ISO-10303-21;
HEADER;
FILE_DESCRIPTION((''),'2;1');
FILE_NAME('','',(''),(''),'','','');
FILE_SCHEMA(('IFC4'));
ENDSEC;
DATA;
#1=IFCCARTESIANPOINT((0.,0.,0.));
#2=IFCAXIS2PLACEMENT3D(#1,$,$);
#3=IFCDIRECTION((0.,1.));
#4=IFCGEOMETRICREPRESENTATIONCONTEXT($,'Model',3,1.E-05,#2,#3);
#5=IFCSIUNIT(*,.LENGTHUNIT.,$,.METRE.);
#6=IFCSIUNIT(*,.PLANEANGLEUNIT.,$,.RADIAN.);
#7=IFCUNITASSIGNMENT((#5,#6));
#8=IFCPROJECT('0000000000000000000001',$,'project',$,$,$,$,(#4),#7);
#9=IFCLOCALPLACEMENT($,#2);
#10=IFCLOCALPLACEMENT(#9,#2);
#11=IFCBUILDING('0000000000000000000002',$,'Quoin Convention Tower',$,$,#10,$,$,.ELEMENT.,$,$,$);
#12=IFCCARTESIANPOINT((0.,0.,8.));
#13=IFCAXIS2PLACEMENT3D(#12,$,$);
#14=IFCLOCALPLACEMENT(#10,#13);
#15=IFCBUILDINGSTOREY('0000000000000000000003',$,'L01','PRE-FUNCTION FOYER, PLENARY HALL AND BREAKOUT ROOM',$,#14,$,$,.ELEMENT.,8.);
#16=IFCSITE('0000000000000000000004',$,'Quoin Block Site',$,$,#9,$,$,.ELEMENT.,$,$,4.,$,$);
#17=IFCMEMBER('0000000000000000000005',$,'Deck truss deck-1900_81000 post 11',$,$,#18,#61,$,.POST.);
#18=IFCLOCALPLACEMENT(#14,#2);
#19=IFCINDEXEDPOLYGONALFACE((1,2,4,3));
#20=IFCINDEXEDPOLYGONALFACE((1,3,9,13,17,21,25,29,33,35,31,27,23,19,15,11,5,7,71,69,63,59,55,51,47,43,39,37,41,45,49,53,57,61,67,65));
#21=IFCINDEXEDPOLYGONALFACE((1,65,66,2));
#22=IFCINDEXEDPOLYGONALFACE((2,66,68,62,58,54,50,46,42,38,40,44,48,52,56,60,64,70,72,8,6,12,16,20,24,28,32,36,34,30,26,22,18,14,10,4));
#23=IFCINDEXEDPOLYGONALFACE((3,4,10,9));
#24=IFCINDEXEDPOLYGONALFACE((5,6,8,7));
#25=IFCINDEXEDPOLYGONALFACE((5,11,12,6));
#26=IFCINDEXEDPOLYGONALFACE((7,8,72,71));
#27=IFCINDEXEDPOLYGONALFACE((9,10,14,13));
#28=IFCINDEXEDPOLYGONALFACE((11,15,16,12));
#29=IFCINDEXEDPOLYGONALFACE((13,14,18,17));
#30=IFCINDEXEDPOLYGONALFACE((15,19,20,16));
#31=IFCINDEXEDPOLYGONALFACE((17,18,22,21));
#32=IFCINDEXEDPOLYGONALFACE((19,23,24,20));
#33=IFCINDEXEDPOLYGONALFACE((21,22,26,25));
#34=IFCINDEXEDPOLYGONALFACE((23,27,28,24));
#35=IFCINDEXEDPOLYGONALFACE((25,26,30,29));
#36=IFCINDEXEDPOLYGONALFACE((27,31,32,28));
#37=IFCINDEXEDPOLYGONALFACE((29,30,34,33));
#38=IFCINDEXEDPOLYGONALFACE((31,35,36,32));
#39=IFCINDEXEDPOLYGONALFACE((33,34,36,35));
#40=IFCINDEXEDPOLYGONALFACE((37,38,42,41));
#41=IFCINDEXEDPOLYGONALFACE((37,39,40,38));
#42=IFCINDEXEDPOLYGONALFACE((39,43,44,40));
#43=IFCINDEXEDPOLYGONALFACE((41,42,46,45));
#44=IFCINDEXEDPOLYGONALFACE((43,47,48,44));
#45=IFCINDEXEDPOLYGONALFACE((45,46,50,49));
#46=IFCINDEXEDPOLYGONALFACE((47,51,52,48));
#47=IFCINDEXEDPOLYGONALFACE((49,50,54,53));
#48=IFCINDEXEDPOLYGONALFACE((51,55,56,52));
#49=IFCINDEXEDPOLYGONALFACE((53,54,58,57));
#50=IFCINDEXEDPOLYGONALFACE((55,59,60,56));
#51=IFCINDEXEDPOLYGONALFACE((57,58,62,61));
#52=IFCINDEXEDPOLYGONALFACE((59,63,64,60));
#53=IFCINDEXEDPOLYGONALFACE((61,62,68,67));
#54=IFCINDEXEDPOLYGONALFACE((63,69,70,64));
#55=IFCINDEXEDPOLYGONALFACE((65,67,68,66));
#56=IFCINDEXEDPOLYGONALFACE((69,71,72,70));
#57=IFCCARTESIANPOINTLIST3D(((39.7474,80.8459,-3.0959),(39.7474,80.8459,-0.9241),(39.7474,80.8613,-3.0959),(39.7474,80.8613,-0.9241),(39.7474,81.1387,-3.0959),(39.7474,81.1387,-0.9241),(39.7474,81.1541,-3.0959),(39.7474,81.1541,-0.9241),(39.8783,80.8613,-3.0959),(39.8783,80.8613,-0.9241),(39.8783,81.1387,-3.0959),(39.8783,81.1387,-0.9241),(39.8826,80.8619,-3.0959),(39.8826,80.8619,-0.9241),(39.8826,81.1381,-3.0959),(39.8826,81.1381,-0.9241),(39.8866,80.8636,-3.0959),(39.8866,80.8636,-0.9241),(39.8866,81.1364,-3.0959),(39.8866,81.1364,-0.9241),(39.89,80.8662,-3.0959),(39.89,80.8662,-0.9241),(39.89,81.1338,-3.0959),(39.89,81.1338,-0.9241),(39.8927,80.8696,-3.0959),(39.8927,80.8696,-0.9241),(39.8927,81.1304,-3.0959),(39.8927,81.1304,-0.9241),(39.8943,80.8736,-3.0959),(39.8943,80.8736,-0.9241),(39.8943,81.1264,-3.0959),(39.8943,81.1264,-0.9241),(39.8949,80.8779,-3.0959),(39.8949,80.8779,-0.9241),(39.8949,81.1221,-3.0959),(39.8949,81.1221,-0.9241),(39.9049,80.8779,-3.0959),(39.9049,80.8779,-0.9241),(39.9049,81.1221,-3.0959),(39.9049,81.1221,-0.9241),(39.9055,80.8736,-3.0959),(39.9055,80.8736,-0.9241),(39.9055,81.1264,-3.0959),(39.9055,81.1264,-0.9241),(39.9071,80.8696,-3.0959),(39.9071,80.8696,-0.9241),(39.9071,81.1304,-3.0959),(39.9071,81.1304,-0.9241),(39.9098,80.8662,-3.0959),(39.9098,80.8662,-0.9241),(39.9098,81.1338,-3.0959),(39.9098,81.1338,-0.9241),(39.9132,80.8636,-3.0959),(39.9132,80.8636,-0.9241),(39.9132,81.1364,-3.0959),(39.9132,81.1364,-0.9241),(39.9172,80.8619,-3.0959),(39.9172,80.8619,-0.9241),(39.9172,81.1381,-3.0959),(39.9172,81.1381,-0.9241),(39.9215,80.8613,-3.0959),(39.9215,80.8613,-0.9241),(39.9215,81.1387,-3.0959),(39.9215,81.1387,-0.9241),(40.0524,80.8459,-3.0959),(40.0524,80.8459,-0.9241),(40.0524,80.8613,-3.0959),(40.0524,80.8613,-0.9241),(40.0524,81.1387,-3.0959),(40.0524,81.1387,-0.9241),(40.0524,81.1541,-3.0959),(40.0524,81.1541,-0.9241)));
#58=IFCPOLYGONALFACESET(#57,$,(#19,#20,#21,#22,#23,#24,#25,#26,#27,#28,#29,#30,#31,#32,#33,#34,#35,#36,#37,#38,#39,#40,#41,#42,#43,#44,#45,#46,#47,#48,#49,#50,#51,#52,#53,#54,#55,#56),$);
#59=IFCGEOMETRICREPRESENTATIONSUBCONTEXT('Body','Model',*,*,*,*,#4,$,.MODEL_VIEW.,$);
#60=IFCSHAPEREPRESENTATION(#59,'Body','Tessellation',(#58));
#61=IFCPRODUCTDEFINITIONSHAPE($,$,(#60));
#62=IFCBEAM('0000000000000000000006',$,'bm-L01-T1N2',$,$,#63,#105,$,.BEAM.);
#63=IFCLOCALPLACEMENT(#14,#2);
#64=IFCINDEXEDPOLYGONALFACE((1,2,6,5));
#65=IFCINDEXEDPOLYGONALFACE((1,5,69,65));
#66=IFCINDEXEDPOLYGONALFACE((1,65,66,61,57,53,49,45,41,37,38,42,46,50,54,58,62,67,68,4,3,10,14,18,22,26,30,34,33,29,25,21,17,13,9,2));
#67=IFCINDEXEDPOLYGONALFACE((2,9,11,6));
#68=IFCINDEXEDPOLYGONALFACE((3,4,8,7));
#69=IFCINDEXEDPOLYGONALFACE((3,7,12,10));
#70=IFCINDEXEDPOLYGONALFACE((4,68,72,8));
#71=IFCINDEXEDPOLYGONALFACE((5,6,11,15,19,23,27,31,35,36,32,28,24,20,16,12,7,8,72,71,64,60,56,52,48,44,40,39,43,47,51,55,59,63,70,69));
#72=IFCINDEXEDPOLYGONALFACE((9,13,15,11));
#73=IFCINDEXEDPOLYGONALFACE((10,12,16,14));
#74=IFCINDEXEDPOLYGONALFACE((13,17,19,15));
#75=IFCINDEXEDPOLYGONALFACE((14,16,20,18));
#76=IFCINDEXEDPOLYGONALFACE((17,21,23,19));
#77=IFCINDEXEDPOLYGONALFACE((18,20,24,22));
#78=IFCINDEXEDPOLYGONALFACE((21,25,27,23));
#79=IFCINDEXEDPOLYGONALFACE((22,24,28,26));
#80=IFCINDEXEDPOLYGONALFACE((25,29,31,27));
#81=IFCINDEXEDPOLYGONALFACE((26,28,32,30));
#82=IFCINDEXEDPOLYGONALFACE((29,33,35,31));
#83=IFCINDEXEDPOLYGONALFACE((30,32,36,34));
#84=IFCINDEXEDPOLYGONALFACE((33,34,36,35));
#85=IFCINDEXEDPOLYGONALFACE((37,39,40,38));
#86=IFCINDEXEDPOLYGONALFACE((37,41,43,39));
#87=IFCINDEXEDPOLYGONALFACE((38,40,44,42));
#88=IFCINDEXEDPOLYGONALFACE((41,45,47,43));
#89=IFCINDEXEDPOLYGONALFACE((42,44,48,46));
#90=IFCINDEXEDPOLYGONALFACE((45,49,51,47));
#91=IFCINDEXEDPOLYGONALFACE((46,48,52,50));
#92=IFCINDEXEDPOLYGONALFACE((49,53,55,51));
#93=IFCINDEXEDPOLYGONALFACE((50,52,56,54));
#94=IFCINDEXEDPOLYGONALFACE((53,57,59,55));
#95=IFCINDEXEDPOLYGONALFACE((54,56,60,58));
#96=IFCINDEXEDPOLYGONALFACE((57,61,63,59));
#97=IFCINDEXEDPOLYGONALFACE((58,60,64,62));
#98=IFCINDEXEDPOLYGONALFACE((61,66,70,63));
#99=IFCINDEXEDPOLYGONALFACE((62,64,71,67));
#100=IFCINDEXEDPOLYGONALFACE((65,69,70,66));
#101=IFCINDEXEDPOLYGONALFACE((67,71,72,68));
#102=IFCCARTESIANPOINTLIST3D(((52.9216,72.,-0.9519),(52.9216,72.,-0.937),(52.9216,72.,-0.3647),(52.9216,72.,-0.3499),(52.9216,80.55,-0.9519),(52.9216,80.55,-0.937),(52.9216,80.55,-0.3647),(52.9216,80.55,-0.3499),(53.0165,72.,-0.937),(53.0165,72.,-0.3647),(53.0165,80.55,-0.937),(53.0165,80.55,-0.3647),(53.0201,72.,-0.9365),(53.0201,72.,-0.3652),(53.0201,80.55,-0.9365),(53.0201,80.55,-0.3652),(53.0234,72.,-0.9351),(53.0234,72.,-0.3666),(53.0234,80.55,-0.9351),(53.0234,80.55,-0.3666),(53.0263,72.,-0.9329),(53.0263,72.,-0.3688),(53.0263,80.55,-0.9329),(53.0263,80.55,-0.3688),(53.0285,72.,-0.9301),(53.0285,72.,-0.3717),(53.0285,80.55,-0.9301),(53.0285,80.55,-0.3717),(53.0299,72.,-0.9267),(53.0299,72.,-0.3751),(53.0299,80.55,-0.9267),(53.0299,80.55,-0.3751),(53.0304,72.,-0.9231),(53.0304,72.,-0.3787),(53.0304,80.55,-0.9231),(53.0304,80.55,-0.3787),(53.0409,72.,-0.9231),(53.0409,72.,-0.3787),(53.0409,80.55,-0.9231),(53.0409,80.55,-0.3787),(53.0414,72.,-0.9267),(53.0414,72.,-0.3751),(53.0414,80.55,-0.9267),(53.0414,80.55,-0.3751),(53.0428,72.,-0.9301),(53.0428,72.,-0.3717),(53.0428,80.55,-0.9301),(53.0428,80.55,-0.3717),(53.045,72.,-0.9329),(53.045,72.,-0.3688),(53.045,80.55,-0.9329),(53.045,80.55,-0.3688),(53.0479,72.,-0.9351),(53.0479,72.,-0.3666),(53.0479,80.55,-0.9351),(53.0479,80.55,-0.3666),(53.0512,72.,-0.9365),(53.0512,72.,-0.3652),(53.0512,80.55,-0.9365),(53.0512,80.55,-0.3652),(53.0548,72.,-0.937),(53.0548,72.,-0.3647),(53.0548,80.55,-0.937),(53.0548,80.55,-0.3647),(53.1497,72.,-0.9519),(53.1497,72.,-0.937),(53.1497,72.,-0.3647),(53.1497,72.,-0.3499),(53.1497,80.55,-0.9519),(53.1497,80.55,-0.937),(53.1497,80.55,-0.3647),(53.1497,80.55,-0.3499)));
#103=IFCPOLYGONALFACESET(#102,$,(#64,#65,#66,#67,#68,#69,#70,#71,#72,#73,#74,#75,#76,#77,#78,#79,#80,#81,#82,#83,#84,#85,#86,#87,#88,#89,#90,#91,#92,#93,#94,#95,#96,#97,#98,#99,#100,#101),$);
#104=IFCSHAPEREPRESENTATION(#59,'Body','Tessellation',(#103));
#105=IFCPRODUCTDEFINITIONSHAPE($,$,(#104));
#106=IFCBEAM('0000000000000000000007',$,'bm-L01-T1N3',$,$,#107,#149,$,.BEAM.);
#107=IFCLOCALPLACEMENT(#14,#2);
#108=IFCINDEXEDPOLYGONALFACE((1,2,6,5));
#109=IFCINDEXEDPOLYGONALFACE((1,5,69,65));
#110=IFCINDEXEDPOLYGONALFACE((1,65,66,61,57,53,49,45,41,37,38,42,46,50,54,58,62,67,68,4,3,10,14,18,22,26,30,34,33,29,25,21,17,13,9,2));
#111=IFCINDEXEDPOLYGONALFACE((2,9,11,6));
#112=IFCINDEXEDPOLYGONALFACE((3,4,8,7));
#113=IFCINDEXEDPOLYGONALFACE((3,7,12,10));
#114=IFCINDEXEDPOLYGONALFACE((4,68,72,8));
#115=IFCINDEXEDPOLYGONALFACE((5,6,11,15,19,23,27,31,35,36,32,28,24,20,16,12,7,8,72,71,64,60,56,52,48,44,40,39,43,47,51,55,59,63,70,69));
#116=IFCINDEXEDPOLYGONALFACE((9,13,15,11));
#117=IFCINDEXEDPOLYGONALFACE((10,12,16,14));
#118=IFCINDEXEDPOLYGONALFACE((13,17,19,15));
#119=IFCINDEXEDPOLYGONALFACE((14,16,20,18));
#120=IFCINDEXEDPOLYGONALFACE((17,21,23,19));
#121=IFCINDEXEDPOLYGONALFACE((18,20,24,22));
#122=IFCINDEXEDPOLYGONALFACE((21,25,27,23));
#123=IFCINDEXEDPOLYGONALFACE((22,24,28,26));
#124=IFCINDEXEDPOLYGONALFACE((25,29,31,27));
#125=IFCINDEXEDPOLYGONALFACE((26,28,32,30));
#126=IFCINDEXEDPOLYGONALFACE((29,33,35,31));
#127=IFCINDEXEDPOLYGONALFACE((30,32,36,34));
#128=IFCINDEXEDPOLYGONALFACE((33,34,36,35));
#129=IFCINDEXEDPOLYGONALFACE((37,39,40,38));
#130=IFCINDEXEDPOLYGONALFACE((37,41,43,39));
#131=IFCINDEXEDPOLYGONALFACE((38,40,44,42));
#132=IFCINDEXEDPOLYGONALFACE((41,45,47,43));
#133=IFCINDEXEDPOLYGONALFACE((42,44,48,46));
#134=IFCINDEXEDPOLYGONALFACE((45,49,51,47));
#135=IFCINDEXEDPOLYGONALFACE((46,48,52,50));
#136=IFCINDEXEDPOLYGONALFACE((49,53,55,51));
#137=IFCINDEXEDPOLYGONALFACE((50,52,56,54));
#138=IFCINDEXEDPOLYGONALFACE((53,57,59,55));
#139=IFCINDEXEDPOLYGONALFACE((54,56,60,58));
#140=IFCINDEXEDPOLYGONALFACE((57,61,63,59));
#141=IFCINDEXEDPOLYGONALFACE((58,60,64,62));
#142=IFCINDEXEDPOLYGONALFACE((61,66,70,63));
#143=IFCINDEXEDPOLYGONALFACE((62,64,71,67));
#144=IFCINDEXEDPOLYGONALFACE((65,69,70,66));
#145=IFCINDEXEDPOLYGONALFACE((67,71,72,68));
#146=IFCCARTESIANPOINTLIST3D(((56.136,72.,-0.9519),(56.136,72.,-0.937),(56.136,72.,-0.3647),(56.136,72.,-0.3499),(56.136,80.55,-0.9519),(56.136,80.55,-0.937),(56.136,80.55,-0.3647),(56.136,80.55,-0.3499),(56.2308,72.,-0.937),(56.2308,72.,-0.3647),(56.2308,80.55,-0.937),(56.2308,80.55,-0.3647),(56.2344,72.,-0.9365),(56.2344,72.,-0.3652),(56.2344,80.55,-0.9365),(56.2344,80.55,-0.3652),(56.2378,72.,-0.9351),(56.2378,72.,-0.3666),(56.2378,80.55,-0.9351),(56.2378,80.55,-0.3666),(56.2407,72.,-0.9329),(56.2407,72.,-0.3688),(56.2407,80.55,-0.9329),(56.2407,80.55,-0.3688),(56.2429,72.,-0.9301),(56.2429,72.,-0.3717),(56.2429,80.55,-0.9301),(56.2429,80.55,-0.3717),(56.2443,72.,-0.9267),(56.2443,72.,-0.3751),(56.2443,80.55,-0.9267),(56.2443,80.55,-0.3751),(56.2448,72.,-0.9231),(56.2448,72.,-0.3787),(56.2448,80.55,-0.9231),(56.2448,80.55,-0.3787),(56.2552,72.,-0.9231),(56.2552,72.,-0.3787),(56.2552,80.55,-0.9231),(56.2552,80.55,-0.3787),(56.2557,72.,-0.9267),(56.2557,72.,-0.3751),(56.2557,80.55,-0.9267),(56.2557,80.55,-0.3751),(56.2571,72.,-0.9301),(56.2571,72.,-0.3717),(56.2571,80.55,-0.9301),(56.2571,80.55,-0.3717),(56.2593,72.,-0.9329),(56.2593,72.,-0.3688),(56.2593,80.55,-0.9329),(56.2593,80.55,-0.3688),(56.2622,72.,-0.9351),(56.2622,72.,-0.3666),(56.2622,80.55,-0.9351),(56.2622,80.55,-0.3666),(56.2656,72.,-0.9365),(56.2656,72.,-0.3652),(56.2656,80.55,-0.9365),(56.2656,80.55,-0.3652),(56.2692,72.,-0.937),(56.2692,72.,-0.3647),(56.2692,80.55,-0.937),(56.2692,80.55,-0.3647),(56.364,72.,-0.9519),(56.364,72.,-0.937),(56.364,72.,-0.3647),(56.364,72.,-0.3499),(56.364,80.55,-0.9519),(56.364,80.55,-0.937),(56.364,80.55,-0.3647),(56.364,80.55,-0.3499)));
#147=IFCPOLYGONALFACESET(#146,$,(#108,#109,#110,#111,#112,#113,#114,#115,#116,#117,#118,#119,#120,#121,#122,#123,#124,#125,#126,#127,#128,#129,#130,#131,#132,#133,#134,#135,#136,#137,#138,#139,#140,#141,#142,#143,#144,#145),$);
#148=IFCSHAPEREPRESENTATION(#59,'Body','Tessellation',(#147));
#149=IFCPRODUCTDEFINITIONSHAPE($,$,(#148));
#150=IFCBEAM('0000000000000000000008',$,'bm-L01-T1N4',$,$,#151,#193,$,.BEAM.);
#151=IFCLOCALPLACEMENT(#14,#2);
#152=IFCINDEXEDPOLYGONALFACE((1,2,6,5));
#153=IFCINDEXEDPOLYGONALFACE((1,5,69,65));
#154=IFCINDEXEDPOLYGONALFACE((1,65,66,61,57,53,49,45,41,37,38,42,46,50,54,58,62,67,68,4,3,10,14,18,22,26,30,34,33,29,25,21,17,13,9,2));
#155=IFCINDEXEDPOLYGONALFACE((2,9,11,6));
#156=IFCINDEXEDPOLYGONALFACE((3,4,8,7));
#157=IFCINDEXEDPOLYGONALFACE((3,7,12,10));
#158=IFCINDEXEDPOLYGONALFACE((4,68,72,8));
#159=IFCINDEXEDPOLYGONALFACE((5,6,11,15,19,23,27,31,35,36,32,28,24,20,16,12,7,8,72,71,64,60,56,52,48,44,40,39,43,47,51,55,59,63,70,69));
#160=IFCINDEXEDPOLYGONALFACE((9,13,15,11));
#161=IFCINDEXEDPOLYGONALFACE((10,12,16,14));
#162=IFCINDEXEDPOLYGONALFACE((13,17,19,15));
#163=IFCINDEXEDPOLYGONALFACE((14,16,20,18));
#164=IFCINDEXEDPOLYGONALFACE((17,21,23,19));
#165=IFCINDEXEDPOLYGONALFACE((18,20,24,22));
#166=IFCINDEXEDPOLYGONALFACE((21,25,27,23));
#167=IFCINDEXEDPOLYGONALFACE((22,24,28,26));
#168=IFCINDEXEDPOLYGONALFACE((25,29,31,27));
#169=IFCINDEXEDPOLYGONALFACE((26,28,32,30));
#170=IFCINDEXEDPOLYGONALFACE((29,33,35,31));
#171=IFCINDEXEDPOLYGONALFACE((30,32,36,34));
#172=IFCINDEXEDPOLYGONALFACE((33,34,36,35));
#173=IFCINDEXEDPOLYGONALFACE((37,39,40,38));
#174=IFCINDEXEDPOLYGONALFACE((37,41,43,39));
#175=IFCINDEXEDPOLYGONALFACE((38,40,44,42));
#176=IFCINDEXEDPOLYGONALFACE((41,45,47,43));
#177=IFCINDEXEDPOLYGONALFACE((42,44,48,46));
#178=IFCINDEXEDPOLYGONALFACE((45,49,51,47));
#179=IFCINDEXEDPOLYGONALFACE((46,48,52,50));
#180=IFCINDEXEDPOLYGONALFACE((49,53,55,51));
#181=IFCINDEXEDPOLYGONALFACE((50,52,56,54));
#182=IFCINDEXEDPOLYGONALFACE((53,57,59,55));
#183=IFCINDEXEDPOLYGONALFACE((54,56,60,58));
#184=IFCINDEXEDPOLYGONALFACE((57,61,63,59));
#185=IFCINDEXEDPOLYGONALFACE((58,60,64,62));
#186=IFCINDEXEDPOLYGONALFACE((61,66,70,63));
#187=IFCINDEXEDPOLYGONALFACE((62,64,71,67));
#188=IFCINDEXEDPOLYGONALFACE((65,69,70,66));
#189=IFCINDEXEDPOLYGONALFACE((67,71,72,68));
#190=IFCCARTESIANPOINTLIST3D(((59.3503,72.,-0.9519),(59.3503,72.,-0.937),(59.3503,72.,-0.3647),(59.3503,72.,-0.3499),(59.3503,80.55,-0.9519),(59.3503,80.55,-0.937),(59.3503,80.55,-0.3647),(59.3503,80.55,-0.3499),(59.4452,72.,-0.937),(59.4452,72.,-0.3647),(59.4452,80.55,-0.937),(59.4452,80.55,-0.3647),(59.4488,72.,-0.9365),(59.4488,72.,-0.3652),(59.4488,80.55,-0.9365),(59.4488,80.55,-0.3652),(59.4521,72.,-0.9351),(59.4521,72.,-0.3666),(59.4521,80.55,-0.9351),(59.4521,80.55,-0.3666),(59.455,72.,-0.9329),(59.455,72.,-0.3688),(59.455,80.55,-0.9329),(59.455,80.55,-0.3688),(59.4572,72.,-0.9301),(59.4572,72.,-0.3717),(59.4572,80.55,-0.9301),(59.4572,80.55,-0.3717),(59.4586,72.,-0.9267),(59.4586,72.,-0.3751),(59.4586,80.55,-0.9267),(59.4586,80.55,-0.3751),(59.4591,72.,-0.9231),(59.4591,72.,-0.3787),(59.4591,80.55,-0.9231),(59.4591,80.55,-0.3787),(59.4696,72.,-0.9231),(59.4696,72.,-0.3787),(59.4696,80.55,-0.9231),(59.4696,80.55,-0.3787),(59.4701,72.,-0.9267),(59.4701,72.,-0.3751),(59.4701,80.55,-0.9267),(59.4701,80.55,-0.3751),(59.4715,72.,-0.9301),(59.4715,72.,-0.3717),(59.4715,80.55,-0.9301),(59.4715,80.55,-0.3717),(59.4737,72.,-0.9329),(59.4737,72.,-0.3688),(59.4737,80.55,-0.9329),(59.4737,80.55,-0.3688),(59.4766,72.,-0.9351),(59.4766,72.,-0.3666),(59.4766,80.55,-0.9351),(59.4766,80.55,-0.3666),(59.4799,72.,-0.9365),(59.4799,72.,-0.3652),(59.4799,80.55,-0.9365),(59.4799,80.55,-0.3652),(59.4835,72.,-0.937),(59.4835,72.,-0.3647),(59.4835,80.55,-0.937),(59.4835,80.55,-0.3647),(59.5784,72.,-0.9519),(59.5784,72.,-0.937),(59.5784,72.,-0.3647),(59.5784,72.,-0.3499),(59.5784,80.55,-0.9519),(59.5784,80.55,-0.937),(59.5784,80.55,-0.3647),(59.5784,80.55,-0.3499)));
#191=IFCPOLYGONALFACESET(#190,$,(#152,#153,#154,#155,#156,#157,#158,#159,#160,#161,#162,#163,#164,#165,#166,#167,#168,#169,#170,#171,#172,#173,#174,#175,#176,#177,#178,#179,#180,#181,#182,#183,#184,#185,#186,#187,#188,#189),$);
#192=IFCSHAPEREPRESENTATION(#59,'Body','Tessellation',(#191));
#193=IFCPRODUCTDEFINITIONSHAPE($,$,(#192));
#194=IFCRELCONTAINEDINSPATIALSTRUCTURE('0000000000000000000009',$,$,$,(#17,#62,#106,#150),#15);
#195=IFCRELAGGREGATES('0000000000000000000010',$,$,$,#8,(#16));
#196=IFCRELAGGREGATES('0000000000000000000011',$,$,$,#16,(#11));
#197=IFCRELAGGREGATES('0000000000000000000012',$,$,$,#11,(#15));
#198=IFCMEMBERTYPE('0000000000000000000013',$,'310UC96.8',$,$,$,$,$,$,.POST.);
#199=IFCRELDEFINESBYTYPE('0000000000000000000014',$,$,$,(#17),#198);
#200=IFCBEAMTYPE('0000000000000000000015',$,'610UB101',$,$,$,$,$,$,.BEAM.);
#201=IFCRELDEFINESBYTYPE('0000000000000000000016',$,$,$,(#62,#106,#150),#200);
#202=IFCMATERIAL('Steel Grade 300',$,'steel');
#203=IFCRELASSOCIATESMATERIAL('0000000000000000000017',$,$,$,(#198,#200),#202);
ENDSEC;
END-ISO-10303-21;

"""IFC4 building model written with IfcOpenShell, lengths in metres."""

from ifc_helpers import new_model, si_unit, direction, frame, origin, origin_2d, place, context, subcontext, project, spatial, i_section, extrude, material, material_profile, profile_set, type_object, element, save


model = new_model("IFC4")

# Units and contexts
model_context = context("Model", 3, precision=1e-05, world=origin(), true_north=direction((0.0, 1.0)))
body_context = subcontext(model_context, "Body", "Model", "MODEL_VIEW")
ifc_project = project(units=[si_unit("LENGTHUNIT", "METRE"), si_unit("PLANEANGLEUNIT", "RADIAN")], contexts=[model_context])

# Site, building, storey
site_placement = place(None, origin())
site = spatial("IfcSite", under=ifc_project, at=site_placement, Name="Quoin Block Site", CompositionType="ELEMENT", RefElevation=4.0)
building_placement = place(site_placement, origin())
building = spatial("IfcBuilding", under=site, at=building_placement, Name="Quoin Convention Tower", CompositionType="ELEMENT")
storey_placement = place(building_placement, frame((0.0, 0.0, 8.0)))
storey = spatial("IfcBuildingStorey", under=building, at=storey_placement, Name="L01", Description="PRE-FUNCTION FOYER, PLENARY HALL AND BREAKOUT ROOM", CompositionType="ELEMENT", Elevation=8.0)

# Shared definitions
ifc_material_1 = material(Name="Steel Grade 300", Category="steel")

# Member
ifc_material_profile_1 = material_profile(ifc_material_1, i_section(OverallWidth=0.3049, OverallDepth=0.3081, WebThickness=0.01, FlangeThickness=0.0154, FilletRadius=0.0166, at=origin_2d()), Name="310UC96.8")
ifc_profile_set_1 = profile_set([ifc_material_profile_1], Name="Steel Grade 300")
member_type_1 = type_object("IfcMemberType", Name="310UC96.8", PredefinedType="POST", material=ifc_profile_set_1)
member_1_placement = place(storey_placement, frame((39.8999, 81.0, -3.0959), z_axis=(0.0, 0.0, 1.0), x_axis=(1.0, 0.0, 0.0)))
element("IfcMember", 1, at=member_1_placement, inside=storey, type_object=member_type_1, Name="Deck truss deck-1900_81000 post 11", PredefinedType="POST", context=body_context, shape_type="SweptSolid", body=[
    extrude(i_section(OverallWidth=0.3049, OverallDepth=0.3081, WebThickness=0.01, FlangeThickness=0.0154, FilletRadius=0.0166, at=origin_2d()), origin(), (0.0, 0.0, 1.0), 2.1719),
])

# Beams
ifc_material_profile_2 = material_profile(ifc_material_1, i_section(OverallWidth=0.228, OverallDepth=0.6021, WebThickness=0.0105, FlangeThickness=0.0149, FilletRadius=0.0139, at=origin_2d()), Name="610UB101")
ifc_profile_set_2 = profile_set([ifc_material_profile_2], Name="Steel Grade 300")
beam_type_1 = type_object("IfcBeamType", Name="610UB101", PredefinedType="BEAM", material=ifc_profile_set_2)
for number, where, z_axis, x_axis, name in (
    (2, (53.0356, 72.0, -0.6509), (0.0, 1.0, 0.0), (-1.0, 0.0, 0.0), "bm-L01-T1N2"),
    (3, (56.25, 72.0, -0.6509), (0.0, 1.0, 0.0), (-1.0, 0.0, 0.0), "bm-L01-T1N3"),
    (4, (59.4644, 72.0, -0.6509), (0.0, 1.0, 0.0), (-1.0, 0.0, 0.0), "bm-L01-T1N4"),
):
    element("IfcBeam", number, at=place(storey_placement, frame(where, z_axis=z_axis, x_axis=x_axis)), inside=storey, type_object=beam_type_1, Name=name, PredefinedType="BEAM", context=body_context, shape_type="SweptSolid", body=[
        extrude(i_section(OverallWidth=0.228, OverallDepth=0.6021, WebThickness=0.0105, FlangeThickness=0.0149, FilletRadius=0.0139, at=origin_2d()), origin(), (0.0, 0.0, 1.0), 8.55),
    ])

save(model, "model.ifc")
